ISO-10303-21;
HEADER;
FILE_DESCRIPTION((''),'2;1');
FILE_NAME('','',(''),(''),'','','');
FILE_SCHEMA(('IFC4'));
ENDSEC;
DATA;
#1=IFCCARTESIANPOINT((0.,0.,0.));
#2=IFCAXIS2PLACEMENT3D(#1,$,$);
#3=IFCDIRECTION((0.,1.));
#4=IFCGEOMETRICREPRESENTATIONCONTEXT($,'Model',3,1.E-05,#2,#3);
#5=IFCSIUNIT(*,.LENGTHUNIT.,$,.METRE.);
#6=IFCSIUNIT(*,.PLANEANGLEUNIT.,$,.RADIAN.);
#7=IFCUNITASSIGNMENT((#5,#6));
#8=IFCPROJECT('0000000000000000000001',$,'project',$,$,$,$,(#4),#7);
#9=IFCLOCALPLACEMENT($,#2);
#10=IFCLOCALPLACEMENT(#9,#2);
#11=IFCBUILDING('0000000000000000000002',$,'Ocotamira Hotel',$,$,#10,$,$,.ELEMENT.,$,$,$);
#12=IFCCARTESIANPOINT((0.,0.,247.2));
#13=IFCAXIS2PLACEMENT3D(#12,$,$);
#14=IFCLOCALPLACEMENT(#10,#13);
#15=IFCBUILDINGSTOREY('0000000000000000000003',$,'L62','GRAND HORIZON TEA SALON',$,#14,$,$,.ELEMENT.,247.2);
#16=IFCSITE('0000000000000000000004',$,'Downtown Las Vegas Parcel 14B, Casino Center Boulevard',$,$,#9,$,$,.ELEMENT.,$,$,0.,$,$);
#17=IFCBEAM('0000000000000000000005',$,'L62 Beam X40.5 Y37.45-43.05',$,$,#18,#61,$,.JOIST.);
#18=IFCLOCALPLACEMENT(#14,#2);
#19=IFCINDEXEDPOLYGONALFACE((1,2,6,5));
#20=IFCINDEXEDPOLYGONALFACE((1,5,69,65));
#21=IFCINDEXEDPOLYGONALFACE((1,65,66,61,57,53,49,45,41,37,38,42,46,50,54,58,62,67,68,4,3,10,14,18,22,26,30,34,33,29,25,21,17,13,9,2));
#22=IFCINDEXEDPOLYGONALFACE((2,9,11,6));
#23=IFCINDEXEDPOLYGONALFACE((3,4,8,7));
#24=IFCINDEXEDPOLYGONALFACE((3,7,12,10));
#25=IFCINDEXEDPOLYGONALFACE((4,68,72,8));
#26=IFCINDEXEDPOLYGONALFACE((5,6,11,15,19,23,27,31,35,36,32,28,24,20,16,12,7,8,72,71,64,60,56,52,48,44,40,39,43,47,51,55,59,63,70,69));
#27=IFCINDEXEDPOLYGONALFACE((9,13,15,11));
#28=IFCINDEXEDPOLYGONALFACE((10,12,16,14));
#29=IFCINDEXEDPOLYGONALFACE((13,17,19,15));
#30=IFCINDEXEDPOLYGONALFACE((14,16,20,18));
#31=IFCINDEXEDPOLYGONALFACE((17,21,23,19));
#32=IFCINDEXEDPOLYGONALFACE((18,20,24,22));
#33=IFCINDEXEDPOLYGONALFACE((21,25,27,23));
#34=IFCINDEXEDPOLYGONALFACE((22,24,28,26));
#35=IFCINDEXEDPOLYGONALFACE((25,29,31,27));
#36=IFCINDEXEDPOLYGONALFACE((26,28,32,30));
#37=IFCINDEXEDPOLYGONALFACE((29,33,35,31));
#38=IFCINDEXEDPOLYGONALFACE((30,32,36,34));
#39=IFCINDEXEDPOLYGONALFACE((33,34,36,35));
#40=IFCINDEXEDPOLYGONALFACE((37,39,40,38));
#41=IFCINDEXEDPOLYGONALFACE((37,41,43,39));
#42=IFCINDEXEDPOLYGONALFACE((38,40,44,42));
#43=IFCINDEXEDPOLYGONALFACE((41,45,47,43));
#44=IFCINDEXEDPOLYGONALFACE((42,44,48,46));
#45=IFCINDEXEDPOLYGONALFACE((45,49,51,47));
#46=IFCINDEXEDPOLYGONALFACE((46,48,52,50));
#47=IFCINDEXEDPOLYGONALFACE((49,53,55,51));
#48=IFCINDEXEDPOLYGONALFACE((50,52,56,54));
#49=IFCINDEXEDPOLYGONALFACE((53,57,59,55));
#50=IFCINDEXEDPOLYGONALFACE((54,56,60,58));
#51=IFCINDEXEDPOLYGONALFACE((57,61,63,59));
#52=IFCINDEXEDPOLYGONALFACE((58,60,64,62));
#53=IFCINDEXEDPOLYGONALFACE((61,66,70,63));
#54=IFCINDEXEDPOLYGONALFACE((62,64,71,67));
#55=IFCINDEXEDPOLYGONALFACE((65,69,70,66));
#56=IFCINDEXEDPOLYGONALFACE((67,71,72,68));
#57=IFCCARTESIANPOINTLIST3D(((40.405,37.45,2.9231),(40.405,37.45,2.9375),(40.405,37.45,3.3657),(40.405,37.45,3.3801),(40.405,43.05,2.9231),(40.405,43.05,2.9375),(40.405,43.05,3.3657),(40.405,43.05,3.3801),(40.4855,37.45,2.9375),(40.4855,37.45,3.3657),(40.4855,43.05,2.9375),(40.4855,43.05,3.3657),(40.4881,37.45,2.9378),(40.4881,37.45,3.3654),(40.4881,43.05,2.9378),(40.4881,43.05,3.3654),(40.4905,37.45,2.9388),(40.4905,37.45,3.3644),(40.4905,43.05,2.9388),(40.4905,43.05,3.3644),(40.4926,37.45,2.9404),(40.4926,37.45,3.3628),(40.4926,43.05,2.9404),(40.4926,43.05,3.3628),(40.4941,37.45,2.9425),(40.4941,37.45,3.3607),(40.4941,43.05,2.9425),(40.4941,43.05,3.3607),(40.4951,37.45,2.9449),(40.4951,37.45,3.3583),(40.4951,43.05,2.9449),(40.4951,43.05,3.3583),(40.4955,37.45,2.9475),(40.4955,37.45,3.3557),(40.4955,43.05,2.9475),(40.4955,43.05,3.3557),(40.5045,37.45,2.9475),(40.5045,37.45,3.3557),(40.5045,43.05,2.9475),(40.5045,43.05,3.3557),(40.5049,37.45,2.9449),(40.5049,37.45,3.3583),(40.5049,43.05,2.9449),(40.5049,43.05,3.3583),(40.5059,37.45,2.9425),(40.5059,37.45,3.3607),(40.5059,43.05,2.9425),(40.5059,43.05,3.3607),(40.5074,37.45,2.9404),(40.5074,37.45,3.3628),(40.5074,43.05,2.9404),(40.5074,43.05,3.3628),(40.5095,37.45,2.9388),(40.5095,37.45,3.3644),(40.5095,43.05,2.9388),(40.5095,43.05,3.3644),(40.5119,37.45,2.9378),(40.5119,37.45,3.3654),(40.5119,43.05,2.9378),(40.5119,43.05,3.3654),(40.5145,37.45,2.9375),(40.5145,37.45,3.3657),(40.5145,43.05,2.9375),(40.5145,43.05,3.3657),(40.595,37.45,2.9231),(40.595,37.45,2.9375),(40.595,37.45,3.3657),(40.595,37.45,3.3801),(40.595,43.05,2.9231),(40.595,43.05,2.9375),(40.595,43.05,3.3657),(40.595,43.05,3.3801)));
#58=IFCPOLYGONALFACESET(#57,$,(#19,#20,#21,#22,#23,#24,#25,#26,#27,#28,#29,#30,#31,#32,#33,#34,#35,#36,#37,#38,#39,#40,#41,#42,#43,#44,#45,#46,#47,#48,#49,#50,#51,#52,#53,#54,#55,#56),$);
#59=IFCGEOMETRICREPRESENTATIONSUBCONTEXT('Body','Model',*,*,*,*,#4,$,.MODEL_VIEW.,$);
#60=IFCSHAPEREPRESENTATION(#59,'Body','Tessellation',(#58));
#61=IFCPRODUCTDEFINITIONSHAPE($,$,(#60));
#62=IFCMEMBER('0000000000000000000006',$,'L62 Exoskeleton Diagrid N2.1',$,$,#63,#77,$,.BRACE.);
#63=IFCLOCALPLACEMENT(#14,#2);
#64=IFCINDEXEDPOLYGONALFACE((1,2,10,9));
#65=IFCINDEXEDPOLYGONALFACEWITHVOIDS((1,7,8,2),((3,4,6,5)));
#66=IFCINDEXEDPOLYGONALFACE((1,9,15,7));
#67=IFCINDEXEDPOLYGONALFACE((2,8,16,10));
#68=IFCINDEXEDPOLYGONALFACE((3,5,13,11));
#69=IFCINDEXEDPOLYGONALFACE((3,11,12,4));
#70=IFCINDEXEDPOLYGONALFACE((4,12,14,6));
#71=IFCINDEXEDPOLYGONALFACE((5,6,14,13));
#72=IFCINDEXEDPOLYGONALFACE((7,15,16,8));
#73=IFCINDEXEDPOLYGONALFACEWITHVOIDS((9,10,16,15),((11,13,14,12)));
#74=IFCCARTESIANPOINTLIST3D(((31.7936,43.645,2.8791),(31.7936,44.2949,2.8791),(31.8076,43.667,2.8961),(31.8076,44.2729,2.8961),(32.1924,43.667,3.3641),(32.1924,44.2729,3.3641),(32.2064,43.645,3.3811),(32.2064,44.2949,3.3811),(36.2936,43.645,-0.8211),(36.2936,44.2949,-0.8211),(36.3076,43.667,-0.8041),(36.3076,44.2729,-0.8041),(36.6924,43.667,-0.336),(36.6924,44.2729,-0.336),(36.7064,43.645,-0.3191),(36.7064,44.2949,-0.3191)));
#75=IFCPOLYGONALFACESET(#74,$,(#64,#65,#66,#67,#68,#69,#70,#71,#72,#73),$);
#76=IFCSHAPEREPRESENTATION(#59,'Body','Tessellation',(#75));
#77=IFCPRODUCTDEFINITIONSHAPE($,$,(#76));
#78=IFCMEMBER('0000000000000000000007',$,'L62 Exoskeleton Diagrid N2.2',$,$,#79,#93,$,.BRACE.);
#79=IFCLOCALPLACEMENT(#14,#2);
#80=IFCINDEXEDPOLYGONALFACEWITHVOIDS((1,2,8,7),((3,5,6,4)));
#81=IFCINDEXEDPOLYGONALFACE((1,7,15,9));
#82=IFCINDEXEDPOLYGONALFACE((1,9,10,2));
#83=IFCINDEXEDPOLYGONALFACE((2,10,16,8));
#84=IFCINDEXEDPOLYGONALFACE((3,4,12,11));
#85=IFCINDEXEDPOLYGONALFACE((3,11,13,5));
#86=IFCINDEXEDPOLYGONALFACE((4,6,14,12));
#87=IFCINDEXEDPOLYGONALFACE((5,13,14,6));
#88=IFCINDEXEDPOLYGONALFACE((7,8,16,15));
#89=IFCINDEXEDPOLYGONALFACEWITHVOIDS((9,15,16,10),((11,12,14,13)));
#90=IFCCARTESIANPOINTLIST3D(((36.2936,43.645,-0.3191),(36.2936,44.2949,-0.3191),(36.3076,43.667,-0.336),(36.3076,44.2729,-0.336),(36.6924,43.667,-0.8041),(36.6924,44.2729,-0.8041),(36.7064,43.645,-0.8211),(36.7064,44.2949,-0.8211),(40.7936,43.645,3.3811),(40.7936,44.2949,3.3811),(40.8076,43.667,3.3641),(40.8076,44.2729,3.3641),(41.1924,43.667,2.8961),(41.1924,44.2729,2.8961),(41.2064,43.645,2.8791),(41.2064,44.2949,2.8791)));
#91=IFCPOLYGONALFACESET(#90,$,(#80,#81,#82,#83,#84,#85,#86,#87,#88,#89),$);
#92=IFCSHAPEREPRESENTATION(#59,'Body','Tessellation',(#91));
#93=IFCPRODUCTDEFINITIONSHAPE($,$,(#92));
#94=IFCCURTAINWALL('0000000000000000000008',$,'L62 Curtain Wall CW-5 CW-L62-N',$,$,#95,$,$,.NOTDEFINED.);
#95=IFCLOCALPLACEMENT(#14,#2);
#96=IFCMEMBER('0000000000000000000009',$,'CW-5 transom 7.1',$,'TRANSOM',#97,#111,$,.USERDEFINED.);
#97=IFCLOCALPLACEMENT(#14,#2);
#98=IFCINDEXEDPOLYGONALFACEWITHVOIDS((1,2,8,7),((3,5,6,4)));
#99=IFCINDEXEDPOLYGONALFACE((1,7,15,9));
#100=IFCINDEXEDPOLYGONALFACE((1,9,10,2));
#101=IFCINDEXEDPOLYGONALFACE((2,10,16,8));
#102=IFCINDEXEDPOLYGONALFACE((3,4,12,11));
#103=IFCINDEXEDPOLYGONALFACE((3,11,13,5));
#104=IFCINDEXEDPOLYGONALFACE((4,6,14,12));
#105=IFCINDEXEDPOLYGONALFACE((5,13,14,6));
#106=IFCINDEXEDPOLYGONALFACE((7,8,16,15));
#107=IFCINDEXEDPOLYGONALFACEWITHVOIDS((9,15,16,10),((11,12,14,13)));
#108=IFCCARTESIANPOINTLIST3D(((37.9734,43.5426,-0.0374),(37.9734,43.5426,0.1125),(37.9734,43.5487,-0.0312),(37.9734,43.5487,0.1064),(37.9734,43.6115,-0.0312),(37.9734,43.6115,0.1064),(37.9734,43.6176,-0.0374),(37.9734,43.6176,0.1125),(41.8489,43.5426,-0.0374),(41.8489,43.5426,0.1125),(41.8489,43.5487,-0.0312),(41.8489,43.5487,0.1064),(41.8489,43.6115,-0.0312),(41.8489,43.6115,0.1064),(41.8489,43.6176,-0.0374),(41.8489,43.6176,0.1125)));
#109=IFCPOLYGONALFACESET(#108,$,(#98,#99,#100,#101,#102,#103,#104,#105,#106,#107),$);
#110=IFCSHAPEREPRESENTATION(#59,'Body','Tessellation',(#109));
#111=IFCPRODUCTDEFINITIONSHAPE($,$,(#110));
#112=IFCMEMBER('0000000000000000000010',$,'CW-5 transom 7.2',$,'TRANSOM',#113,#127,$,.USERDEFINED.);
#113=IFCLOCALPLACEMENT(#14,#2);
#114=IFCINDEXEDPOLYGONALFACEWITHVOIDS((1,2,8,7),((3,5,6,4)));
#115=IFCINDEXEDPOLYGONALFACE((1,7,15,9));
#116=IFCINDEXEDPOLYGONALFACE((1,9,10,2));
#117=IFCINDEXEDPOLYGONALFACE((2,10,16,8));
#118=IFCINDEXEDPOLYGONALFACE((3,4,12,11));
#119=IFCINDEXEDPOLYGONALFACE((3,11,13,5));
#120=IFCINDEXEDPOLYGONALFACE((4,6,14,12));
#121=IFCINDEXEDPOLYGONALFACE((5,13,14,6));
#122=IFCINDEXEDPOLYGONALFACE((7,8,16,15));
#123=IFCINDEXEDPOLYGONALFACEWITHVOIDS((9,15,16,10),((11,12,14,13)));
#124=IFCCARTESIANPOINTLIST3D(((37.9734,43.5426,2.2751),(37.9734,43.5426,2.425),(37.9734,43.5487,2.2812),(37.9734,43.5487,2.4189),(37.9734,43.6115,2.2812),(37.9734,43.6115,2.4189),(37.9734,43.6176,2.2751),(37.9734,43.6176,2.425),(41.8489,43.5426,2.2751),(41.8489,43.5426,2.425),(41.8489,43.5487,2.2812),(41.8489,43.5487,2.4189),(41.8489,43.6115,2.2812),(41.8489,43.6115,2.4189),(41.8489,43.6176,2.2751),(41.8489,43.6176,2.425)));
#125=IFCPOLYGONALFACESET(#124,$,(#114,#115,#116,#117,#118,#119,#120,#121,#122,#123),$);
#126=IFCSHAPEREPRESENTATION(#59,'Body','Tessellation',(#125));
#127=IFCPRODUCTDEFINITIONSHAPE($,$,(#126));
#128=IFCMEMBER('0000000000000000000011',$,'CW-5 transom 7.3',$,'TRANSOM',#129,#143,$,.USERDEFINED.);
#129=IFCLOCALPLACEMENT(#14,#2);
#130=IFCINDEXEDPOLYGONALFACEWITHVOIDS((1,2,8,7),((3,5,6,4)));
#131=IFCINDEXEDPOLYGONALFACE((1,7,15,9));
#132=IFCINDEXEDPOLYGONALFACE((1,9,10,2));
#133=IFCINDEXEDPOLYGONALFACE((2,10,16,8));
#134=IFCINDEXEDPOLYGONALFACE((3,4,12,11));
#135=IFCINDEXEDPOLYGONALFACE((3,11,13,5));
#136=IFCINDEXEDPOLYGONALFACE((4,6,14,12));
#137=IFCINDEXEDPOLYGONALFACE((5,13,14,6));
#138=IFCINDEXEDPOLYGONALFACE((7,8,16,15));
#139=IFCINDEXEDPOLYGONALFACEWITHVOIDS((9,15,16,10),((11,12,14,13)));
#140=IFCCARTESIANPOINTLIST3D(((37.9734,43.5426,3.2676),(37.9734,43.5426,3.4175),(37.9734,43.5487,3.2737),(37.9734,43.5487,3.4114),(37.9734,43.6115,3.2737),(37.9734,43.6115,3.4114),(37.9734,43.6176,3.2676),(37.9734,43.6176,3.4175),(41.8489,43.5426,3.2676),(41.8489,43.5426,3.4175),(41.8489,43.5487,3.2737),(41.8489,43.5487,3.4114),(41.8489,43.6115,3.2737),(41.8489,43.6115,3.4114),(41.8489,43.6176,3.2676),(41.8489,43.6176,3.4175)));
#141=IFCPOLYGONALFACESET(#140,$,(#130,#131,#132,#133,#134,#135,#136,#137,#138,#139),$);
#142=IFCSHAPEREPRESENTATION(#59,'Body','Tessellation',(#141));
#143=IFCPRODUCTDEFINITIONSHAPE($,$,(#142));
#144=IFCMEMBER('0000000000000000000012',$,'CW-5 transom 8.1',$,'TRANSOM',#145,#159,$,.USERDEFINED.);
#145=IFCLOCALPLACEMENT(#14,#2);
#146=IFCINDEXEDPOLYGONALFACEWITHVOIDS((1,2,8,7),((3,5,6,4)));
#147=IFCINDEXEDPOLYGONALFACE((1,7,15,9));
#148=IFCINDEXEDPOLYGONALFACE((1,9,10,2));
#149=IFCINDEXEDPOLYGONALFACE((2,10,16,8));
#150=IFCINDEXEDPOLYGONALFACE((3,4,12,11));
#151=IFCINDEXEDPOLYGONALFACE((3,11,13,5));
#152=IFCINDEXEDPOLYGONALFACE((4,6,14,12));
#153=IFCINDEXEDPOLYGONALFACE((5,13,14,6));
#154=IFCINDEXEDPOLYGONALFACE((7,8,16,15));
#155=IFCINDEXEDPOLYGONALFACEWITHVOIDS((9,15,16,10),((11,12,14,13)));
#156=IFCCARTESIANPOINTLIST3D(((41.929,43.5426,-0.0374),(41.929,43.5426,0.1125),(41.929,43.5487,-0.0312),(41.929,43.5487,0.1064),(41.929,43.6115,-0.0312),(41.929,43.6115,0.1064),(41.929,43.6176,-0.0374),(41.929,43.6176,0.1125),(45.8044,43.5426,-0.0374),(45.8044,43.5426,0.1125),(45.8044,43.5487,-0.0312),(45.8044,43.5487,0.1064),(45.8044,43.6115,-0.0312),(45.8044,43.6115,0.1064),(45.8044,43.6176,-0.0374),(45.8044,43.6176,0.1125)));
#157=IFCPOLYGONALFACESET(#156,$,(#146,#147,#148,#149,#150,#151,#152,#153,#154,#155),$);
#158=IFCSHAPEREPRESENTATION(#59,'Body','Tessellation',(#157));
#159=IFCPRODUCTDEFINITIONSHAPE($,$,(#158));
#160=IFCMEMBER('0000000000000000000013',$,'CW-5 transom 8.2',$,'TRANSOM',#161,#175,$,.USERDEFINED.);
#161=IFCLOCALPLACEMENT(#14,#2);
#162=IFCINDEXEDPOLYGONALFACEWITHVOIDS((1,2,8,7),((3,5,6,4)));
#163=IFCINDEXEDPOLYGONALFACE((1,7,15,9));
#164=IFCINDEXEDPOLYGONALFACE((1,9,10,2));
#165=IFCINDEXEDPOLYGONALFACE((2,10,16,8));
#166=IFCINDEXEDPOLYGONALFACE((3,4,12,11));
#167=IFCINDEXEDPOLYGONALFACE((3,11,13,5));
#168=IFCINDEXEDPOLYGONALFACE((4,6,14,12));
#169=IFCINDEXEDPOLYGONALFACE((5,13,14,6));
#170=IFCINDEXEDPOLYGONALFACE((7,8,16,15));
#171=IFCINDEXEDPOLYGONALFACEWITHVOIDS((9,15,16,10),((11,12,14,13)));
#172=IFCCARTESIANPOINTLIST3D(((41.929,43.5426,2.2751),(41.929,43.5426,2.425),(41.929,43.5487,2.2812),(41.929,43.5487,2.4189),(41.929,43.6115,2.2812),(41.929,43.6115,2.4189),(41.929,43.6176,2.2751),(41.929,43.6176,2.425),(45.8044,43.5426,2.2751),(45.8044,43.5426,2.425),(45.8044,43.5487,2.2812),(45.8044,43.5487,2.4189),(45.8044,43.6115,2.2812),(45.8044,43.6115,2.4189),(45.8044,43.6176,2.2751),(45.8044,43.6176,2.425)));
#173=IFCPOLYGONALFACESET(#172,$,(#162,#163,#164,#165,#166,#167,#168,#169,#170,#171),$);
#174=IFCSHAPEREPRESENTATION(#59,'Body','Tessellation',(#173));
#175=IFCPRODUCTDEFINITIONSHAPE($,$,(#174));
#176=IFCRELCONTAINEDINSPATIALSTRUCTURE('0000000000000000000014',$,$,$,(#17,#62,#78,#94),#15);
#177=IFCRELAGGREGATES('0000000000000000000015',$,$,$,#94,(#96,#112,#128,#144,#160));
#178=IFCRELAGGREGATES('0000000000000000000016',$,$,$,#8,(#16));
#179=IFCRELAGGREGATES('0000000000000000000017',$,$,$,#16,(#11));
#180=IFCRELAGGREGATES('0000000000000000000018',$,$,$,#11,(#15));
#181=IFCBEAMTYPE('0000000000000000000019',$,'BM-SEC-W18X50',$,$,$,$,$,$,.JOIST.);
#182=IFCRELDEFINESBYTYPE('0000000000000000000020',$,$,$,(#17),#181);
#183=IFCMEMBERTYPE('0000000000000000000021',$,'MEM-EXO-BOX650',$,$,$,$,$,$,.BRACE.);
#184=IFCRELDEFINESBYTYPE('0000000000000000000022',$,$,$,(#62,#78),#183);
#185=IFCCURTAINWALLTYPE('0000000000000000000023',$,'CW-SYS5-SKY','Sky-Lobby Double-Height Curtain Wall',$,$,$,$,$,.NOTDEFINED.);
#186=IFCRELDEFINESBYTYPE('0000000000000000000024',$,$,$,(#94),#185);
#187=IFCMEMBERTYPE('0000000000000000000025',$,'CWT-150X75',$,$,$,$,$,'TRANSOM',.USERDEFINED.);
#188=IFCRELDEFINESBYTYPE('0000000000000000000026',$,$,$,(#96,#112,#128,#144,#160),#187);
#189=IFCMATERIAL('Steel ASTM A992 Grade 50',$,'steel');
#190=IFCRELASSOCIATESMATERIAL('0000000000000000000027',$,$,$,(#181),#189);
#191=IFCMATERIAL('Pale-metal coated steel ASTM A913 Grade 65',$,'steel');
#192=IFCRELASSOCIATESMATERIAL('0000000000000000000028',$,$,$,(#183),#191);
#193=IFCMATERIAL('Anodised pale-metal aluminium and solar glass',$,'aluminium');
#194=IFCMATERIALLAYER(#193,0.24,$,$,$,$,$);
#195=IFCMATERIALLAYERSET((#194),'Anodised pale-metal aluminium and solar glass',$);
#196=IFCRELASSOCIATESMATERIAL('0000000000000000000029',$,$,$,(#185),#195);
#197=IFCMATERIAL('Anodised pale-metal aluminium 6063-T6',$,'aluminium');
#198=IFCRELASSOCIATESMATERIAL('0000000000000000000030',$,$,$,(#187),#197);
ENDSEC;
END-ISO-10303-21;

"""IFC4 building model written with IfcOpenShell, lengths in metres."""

from ifc_helpers import new_model, si_unit, direction, frame, origin, origin_2d, place, context, subcontext, project, spatial, hollow_rectangle, i_section, extrude, source, transform, mapped, material, layer, layer_set, material_profile, profile_set, type_object, element, aggregate, save


model = new_model("IFC4")

# Units and contexts
model_context = context("Model", 3, precision=1e-05, world=origin(), true_north=direction((0.0, 1.0)))
body_context = subcontext(model_context, "Body", "Model", "MODEL_VIEW")
ifc_project = project(units=[si_unit("LENGTHUNIT", "METRE"), si_unit("PLANEANGLEUNIT", "RADIAN")], contexts=[model_context])

# Site, building, storey
site_placement = place(None, origin())
site = spatial("IfcSite", under=ifc_project, at=site_placement, Name="Downtown Las Vegas Parcel 14B, Casino Center Boulevard", CompositionType="ELEMENT", RefElevation=0.0)
building_placement = place(site_placement, origin())
building = spatial("IfcBuilding", under=site, at=building_placement, Name="Ocotamira Hotel", CompositionType="ELEMENT")
storey_placement = place(building_placement, frame((0.0, 0.0, 247.2)))
storey = spatial("IfcBuildingStorey", under=building, at=storey_placement, Name="L62", Description="GRAND HORIZON TEA SALON", CompositionType="ELEMENT", Elevation=247.2)

# Shared definitions
ifc_material_1 = material(Name="Steel ASTM A992 Grade 50", Category="steel")

# Beam
ifc_material_profile_1 = material_profile(ifc_material_1, i_section(OverallWidth=0.1899, OverallDepth=0.457, WebThickness=0.009, FlangeThickness=0.0144, FilletRadius=0.01, at=origin_2d()), Name="W18X50")
ifc_profile_set_1 = profile_set([ifc_material_profile_1], Name="Steel ASTM A992 Grade 50")
beam_type_1 = type_object("IfcBeamType", Name="BM-SEC-W18X50", PredefinedType="JOIST", material=ifc_profile_set_1)
shared_shape_1 = source(origin(), body_context, "Body", "SweptSolid", [
    extrude(i_section(OverallWidth=0.1899, OverallDepth=0.457, WebThickness=0.009, FlangeThickness=0.0144, FilletRadius=0.01, at=origin_2d()), origin(), (0.0, 0.0, 1.0), 5.6001),
])
beam_1_placement = place(storey_placement, frame((40.5, 37.45, 3.1516), z_axis=(0.0, 1.0, 0.0), x_axis=(-1.0, 0.0, 0.0)))
element("IfcBeam", 1, at=beam_1_placement, inside=storey, type_object=beam_type_1, Name="L62 Beam X40.5 Y37.45-43.05", PredefinedType="JOIST", context=body_context, shape_type="MappedRepresentation", body=[
    mapped(shared_shape_1, transform((0.0, 0.0, 0.0), scale=1.0)),
])

# Members
ifc_material_2 = material(Name="Pale-metal coated steel ASTM A913 Grade 65", Category="steel")
ifc_material_profile_2 = material_profile(ifc_material_2, hollow_rectangle(XDim=0.6499, YDim=0.6499, WallThickness=0.022, at=origin_2d()), Name="BOX650X650X22")
ifc_profile_set_2 = profile_set([ifc_material_profile_2], Name="Pale-metal coated steel ASTM A913 Grade 65")
member_type_1 = type_object("IfcMemberType", Name="MEM-EXO-BOX650", PredefinedType="BRACE", material=ifc_profile_set_2)
shared_shape_2 = source(origin(), body_context, "Body", "SweptSolid", [
    extrude(hollow_rectangle(XDim=0.6499, YDim=0.6499, WallThickness=0.022, at=origin_2d()), origin(), (0.0, 0.0, 1.0), 5.8259),
])
for number, where, z_axis, x_axis, name in (
    (2, (36.5, 43.97, -0.5701), (-0.772409, 0.0, 0.635125), (0.0, -1.0, 0.0), "L62 Exoskeleton Diagrid N2.1"),
    (3, (36.5, 43.97, -0.5701), (0.772409, 0.0, 0.635125), (0.0, 1.0, 0.0), "L62 Exoskeleton Diagrid N2.2"),
):
    element("IfcMember", number, at=place(storey_placement, frame(where, z_axis=z_axis, x_axis=x_axis)), inside=storey, type_object=member_type_1, Name=name, PredefinedType="BRACE", context=body_context, shape_type="MappedRepresentation", body=[
        mapped(shared_shape_2, transform((0.0, 0.0, 0.0), scale=1.0)),
    ])

# Curtain wall, members
ifc_material_3 = material(Name="Anodised pale-metal aluminium and solar glass", Category="aluminium")
ifc_layer_1 = layer(ifc_material_3, 0.24)
ifc_layer_set_1 = layer_set([ifc_layer_1], Name="Anodised pale-metal aluminium and solar glass")
curtain_wall_type = type_object("IfcCurtainWallType", Name="CW-SYS5-SKY", Description="Sky-Lobby Double-Height Curtain Wall", PredefinedType="NOTDEFINED", material=ifc_layer_set_1)
curtain_wall_placement = place(storey_placement, origin())
curtain_wall = element("IfcCurtainWall", 4, at=curtain_wall_placement, inside=storey, type_object=curtain_wall_type, Name="L62 Curtain Wall CW-5 CW-L62-N", PredefinedType="NOTDEFINED")
ifc_material_4 = material(Name="Anodised pale-metal aluminium 6063-T6", Category="aluminium")
ifc_material_profile_3 = material_profile(ifc_material_4, hollow_rectangle(XDim=0.075, YDim=0.1499, WallThickness=0.0061, at=origin_2d()), Name="HSS150X75X6")
ifc_profile_set_3 = profile_set([ifc_material_profile_3], Name="Anodised pale-metal aluminium 6063-T6")
member_type_2 = type_object("IfcMemberType", Name="CWT-150X75", ElementType="TRANSOM", PredefinedType="USERDEFINED", material=ifc_profile_set_3)
shared_shape_3 = source(origin(), body_context, "Body", "SweptSolid", [
    extrude(hollow_rectangle(XDim=0.075, YDim=0.1499, WallThickness=0.0061, at=origin_2d()), origin(), (0.0, 0.0, 1.0), 3.8755),
])
member_1_placement = place(storey_placement, frame((37.9734, 43.5801, 0.0376), z_axis=(1.0, 0.0, 0.0), x_axis=(0.0, 1.0, 0.0)))
member_1 = element("IfcMember", 5, at=member_1_placement, type_object=member_type_2, Name="CW-5 transom 7.1", ObjectType="TRANSOM", PredefinedType="USERDEFINED", context=body_context, shape_type="MappedRepresentation", body=[
    mapped(shared_shape_3, transform((0.0, 0.0, 0.0), scale=1.0)),
])
member_2_placement = place(storey_placement, frame((37.9734, 43.5801, 2.3501), z_axis=(1.0, 0.0, 0.0), x_axis=(0.0, 1.0, 0.0)))
member_2 = element("IfcMember", 6, at=member_2_placement, type_object=member_type_2, Name="CW-5 transom 7.2", ObjectType="TRANSOM", PredefinedType="USERDEFINED", context=body_context, shape_type="MappedRepresentation", body=[
    mapped(shared_shape_3, transform((0.0, 0.0, 0.0), scale=1.0)),
])
member_3_placement = place(storey_placement, frame((37.9734, 43.5801, 3.3425), z_axis=(1.0, 0.0, 0.0), x_axis=(0.0, 1.0, 0.0)))
member_3 = element("IfcMember", 7, at=member_3_placement, type_object=member_type_2, Name="CW-5 transom 7.3", ObjectType="TRANSOM", PredefinedType="USERDEFINED", context=body_context, shape_type="MappedRepresentation", body=[
    mapped(shared_shape_3, transform((0.0, 0.0, 0.0), scale=1.0)),
])
member_4_placement = place(storey_placement, frame((41.929, 43.5801, 0.0376), z_axis=(1.0, 0.0, 0.0), x_axis=(0.0, 1.0, 0.0)))
member_4 = element("IfcMember", 8, at=member_4_placement, type_object=member_type_2, Name="CW-5 transom 8.1", ObjectType="TRANSOM", PredefinedType="USERDEFINED", context=body_context, shape_type="MappedRepresentation", body=[
    mapped(shared_shape_3, transform((0.0, 0.0, 0.0), scale=1.0)),
])
member_5_placement = place(storey_placement, frame((41.929, 43.5801, 2.3501), z_axis=(1.0, 0.0, 0.0), x_axis=(0.0, 1.0, 0.0)))
member_5 = element("IfcMember", 9, at=member_5_placement, type_object=member_type_2, Name="CW-5 transom 8.2", ObjectType="TRANSOM", PredefinedType="USERDEFINED", context=body_context, shape_type="MappedRepresentation", body=[
    mapped(shared_shape_3, transform((0.0, 0.0, 0.0), scale=1.0)),
])

aggregate(curtain_wall, [member_1, member_2, member_3, member_4, member_5])

save(model, "model.ifc")
